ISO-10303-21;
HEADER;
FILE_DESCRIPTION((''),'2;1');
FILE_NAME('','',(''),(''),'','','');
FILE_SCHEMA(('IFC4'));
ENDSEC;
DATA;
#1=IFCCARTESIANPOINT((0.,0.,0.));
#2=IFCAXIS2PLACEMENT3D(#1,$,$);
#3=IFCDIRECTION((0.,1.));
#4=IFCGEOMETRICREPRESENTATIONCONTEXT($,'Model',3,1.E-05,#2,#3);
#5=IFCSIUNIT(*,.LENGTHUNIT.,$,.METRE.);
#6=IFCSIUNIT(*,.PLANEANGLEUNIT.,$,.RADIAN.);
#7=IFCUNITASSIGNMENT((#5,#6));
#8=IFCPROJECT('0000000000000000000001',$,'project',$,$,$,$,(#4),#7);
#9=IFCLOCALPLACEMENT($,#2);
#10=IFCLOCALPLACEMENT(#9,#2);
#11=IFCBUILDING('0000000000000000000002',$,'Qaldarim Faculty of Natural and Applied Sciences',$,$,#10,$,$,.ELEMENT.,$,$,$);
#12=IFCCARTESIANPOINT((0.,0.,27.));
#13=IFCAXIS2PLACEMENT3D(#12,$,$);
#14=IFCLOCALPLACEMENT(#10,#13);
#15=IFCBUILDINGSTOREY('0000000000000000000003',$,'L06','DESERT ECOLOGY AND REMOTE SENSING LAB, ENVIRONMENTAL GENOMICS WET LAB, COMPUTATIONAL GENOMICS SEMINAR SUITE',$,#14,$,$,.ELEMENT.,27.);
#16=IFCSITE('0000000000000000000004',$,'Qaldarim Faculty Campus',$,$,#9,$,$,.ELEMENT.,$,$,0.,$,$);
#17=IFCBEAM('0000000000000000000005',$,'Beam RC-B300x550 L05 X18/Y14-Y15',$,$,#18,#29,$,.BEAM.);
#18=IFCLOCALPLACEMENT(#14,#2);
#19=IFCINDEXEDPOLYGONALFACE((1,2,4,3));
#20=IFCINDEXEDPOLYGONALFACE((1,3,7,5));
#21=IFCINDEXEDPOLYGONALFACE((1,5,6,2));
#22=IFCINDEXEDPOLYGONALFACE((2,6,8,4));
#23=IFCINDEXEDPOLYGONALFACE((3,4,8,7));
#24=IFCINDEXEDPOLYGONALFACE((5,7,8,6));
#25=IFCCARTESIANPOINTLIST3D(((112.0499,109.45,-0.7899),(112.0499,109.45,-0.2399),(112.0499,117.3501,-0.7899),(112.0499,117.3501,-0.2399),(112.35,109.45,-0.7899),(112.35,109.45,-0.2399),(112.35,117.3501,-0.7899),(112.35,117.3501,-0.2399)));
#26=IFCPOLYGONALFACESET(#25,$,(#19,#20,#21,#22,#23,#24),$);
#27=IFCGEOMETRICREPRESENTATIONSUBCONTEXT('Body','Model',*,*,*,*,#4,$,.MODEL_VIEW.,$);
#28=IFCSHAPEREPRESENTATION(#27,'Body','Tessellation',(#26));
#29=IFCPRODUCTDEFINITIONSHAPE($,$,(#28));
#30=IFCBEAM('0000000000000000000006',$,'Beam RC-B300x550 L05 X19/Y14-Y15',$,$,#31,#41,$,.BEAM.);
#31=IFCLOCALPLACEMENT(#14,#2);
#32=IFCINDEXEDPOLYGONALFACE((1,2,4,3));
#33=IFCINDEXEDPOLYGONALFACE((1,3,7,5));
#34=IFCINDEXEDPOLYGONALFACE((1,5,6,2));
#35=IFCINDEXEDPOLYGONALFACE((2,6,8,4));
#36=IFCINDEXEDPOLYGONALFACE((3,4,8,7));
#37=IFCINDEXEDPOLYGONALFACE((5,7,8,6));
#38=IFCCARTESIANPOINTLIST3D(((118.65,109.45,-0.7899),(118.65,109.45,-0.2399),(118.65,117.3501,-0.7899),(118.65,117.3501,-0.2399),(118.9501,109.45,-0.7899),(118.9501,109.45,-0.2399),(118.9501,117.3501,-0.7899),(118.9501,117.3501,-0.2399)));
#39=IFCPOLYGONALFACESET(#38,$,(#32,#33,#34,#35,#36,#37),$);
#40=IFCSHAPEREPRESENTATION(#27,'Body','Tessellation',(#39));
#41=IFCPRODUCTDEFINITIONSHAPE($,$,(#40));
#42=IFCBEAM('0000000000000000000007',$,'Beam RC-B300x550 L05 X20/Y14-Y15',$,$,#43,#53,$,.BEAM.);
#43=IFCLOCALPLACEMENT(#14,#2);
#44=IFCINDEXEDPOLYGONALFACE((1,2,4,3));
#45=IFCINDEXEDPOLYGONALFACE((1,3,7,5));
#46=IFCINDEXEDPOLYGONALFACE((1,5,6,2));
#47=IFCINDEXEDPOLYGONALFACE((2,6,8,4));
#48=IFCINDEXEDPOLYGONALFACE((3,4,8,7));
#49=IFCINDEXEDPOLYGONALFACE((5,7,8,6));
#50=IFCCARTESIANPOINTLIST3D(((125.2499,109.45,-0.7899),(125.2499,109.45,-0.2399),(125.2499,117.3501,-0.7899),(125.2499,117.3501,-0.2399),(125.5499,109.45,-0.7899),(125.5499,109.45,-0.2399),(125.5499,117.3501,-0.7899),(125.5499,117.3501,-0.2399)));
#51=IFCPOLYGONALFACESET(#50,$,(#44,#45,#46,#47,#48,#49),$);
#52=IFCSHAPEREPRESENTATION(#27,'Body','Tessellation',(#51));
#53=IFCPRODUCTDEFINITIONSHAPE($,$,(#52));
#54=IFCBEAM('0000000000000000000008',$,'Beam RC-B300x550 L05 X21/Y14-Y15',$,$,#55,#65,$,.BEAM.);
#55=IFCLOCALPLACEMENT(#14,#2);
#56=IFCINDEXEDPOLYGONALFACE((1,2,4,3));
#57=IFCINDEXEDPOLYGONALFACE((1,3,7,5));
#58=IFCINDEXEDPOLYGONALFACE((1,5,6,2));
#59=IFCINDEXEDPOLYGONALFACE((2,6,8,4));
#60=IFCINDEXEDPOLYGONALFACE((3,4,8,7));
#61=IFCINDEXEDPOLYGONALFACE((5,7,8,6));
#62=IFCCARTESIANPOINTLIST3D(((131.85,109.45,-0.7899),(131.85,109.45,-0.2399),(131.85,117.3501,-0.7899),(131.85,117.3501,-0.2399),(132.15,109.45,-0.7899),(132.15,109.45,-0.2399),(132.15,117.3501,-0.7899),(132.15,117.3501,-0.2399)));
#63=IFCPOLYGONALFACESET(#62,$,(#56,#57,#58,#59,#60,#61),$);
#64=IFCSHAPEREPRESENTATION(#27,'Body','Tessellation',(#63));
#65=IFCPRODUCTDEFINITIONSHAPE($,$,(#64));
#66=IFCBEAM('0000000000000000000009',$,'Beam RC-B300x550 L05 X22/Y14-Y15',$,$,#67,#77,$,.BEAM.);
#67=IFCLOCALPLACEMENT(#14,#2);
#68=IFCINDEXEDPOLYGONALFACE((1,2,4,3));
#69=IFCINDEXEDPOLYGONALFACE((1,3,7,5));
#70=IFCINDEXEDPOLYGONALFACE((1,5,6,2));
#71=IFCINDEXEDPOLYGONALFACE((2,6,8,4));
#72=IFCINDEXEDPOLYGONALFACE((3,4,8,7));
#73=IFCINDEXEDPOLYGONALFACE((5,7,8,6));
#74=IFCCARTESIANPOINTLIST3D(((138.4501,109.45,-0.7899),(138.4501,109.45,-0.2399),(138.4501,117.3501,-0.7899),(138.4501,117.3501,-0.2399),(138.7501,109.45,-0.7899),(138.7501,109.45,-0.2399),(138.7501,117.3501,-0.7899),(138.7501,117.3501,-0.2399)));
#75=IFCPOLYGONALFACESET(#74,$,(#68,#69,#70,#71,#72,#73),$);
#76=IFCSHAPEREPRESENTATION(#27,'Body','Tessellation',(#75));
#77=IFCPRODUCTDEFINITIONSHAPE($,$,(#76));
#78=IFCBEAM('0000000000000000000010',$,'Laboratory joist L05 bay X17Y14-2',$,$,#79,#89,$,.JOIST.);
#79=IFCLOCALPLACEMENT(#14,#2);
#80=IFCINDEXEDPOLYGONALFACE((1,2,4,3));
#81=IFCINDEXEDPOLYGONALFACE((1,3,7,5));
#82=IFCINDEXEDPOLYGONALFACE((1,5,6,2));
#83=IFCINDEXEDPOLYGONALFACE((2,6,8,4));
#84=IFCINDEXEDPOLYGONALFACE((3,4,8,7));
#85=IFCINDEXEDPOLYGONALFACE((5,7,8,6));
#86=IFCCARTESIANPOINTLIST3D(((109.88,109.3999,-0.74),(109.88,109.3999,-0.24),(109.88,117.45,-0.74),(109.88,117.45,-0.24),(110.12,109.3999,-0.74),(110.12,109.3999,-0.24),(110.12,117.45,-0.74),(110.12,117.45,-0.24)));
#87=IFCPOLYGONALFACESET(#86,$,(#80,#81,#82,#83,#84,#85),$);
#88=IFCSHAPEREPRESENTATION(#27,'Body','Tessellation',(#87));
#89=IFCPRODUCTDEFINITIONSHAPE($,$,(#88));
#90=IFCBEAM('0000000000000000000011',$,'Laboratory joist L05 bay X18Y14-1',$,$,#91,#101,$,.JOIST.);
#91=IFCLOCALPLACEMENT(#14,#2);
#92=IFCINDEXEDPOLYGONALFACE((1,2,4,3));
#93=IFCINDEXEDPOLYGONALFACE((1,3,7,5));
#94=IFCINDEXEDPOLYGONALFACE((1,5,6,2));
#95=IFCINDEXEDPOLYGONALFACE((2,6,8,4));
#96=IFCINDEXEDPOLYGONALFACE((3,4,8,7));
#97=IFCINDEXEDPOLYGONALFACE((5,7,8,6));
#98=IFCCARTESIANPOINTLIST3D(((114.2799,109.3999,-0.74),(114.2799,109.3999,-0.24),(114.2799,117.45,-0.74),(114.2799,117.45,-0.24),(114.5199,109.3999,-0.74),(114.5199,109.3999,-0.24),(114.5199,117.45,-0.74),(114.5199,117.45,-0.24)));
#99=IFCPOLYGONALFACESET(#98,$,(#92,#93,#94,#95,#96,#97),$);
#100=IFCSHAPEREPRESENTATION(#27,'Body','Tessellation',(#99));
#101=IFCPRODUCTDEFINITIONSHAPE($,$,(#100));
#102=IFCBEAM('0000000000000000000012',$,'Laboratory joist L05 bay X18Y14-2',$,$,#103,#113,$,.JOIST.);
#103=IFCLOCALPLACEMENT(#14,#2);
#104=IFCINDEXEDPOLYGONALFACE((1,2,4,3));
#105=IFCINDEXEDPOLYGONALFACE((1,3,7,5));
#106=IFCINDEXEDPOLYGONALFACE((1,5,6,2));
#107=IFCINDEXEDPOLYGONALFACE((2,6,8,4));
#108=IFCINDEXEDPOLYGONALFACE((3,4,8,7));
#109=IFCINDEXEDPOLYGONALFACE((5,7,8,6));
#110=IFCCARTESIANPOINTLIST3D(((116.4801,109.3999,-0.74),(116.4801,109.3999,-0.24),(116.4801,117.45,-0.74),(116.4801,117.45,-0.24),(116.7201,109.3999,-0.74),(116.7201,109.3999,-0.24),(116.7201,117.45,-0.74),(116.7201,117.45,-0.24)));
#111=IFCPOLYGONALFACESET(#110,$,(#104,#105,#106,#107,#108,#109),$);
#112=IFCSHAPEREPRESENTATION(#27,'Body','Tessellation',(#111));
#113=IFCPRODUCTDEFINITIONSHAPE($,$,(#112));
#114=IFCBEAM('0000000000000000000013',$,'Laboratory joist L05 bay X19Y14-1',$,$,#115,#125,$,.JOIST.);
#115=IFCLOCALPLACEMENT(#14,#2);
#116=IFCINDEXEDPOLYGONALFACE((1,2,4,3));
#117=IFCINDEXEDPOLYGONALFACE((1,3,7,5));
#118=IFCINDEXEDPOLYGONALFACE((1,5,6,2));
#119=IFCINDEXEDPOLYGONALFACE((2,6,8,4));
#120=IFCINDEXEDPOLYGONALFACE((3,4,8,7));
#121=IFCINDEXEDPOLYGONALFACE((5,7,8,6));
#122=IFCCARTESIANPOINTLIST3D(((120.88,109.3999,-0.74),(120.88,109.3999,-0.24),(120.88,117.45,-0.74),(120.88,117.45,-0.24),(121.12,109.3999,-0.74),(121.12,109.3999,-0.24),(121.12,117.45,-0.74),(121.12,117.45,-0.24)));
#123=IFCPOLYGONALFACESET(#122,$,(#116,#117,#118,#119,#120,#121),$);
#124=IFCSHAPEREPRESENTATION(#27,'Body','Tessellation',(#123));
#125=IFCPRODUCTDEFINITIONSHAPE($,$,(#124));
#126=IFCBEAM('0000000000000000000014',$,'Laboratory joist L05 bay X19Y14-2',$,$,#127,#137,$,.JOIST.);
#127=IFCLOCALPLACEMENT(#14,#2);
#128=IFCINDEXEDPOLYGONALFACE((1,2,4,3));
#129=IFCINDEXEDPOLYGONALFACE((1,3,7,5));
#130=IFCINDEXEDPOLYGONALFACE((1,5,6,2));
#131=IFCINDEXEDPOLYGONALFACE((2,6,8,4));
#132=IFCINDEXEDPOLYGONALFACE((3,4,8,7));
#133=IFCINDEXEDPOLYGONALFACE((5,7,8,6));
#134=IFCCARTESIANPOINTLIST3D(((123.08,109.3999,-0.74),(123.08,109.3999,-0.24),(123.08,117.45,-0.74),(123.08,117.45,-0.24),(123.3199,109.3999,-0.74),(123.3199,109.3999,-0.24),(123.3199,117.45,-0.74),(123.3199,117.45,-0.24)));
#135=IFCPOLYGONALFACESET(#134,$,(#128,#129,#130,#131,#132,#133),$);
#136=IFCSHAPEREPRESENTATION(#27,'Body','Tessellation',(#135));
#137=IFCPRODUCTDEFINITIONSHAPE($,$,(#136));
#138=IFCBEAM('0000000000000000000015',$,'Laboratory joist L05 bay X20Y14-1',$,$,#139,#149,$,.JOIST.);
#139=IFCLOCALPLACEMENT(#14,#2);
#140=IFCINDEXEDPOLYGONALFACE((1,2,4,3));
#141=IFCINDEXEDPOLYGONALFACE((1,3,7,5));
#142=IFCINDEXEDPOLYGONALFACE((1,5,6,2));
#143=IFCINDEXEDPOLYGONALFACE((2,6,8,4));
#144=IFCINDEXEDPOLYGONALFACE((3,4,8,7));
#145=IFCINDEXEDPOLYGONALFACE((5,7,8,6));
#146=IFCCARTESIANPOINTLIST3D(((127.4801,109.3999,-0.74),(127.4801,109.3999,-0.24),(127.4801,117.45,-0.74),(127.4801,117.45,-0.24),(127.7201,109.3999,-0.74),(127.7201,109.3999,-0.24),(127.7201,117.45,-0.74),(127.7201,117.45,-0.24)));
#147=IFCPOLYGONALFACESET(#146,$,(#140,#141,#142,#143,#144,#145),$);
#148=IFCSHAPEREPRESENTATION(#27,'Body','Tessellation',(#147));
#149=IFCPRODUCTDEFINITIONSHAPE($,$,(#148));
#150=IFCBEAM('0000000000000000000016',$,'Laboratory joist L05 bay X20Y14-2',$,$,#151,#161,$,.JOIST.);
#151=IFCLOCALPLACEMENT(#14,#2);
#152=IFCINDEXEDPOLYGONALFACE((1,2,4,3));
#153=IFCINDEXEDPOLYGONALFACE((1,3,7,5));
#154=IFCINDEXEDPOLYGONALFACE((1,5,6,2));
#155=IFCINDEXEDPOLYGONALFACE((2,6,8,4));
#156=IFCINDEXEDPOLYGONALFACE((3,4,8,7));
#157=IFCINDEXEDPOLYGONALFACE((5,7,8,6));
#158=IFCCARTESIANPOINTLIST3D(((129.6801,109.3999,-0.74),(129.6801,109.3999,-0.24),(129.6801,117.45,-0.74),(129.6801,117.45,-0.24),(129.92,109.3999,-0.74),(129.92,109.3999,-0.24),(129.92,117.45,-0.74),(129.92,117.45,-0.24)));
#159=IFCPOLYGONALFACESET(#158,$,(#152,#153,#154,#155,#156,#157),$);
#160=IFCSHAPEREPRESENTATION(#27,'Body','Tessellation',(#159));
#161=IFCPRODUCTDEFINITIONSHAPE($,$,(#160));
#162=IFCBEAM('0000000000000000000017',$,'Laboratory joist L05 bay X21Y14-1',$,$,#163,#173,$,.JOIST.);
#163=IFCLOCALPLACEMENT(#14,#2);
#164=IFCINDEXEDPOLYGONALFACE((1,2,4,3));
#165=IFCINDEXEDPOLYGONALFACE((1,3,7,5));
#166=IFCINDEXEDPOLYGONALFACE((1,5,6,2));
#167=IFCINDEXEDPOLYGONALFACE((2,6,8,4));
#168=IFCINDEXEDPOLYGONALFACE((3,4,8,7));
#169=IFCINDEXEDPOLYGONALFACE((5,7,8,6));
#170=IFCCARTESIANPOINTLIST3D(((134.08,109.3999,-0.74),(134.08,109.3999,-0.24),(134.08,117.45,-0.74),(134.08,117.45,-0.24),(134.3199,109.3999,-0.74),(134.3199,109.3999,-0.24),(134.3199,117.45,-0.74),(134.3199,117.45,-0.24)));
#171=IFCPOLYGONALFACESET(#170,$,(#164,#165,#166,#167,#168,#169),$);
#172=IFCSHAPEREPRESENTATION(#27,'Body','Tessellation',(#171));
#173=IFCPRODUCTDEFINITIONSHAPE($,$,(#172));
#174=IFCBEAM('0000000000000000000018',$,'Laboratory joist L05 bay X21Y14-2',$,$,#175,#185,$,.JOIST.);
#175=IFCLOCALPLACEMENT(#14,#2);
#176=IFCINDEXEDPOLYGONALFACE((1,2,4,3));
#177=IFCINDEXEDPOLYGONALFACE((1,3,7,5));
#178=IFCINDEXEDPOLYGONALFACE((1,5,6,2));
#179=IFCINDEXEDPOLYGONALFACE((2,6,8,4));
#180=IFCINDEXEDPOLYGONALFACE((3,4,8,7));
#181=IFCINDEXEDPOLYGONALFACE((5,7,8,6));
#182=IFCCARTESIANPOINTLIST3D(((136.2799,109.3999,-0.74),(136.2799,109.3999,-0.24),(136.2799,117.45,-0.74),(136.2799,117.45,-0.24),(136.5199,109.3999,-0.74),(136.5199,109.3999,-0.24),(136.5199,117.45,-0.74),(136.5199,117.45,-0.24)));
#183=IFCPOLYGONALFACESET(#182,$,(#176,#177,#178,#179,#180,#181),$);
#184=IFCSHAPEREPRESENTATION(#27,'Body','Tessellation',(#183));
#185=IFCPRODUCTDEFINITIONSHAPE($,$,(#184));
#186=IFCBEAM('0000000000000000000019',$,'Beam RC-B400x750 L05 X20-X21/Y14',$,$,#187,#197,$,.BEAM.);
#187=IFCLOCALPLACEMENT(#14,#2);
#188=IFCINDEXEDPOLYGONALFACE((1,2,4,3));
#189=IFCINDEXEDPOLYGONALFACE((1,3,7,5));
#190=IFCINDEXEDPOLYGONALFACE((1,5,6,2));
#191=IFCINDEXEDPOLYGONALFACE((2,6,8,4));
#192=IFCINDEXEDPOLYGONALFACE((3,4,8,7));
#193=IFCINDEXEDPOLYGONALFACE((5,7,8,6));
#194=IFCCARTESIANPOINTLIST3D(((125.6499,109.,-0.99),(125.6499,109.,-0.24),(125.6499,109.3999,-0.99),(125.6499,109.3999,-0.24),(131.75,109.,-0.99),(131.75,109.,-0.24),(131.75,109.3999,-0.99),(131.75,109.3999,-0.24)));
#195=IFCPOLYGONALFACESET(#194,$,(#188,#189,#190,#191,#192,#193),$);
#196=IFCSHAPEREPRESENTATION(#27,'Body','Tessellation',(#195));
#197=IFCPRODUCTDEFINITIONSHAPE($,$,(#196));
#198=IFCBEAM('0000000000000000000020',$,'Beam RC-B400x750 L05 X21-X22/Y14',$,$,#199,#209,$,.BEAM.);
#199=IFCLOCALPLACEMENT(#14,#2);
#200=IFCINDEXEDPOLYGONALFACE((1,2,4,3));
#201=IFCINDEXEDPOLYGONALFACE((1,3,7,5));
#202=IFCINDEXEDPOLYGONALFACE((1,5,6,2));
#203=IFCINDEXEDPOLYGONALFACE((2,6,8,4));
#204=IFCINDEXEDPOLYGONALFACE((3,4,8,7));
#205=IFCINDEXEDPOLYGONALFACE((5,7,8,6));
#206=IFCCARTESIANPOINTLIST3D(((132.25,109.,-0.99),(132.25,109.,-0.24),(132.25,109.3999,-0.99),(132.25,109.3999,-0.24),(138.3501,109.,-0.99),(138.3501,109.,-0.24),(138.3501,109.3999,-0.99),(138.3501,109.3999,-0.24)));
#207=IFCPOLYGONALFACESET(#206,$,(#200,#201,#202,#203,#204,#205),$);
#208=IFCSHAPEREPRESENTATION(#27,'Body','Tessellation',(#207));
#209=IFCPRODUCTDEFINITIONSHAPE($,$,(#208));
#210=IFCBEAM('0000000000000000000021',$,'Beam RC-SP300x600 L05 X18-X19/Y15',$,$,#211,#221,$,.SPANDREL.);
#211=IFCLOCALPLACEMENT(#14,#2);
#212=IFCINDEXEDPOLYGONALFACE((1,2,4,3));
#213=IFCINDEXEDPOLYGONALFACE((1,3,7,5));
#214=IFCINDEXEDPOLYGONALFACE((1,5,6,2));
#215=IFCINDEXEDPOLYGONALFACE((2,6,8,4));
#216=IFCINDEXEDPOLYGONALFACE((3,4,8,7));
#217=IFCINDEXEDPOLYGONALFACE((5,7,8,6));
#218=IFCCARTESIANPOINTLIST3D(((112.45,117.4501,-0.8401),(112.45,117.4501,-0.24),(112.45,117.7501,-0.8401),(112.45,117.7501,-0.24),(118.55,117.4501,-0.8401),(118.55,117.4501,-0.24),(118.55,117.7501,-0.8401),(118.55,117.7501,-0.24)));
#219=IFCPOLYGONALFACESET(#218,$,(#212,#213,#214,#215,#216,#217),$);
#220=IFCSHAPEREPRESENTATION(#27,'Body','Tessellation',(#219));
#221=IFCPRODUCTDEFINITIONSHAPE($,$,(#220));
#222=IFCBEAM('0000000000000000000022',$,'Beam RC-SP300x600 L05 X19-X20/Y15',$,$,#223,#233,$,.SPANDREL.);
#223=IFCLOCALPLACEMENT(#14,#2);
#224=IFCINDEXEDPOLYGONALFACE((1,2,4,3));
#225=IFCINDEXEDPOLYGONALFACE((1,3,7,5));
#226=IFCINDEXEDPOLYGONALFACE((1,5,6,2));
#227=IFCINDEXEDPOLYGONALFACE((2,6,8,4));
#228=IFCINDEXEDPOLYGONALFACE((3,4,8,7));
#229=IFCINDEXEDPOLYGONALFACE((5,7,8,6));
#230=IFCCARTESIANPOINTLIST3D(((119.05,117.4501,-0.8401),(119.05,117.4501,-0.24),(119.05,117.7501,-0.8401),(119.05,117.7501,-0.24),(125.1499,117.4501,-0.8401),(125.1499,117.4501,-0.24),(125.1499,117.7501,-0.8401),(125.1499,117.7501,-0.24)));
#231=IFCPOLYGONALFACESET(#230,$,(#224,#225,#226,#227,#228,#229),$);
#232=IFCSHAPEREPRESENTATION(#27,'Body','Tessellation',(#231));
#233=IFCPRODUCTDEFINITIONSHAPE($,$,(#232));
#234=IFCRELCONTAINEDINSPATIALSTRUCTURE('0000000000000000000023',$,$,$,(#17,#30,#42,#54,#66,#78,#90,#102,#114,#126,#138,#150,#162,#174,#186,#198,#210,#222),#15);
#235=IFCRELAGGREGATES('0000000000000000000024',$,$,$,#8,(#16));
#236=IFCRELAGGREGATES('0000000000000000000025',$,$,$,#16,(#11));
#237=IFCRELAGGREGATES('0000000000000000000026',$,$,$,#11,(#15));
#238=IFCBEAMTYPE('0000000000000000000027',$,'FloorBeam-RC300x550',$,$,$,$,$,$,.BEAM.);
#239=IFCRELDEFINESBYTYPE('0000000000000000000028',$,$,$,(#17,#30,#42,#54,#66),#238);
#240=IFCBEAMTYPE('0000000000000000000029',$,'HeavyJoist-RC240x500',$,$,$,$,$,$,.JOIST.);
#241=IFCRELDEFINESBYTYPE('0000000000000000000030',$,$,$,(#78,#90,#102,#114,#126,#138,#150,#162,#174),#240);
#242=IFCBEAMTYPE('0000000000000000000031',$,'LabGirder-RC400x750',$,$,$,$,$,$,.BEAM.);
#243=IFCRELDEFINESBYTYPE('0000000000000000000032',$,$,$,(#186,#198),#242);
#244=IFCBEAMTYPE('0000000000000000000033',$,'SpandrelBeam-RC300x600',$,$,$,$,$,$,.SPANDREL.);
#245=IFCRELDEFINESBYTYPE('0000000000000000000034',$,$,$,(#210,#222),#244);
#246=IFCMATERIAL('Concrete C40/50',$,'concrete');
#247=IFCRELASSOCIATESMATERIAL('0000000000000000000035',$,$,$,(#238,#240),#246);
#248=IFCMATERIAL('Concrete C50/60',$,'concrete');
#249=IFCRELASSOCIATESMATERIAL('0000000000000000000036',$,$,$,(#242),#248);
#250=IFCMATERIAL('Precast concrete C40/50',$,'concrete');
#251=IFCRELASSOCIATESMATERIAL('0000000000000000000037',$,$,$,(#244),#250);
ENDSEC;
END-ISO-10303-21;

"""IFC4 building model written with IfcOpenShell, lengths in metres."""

from ifc_helpers import new_model, si_unit, direction, frame, origin, origin_2d, place, context, subcontext, project, spatial, rectangle, extrude, material, material_profile, profile_set, type_object, element, save


model = new_model("IFC4")

# Units and contexts
model_context = context("Model", 3, precision=1e-05, world=origin(), true_north=direction((0.0, 1.0)))
body_context = subcontext(model_context, "Body", "Model", "MODEL_VIEW")
ifc_project = project(units=[si_unit("LENGTHUNIT", "METRE"), si_unit("PLANEANGLEUNIT", "RADIAN")], contexts=[model_context])

# Site, building, storey
site_placement = place(None, origin())
site = spatial("IfcSite", under=ifc_project, at=site_placement, Name="Qaldarim Faculty Campus", CompositionType="ELEMENT", RefElevation=0.0)
building_placement = place(site_placement, origin())
building = spatial("IfcBuilding", under=site, at=building_placement, Name="Qaldarim Faculty of Natural and Applied Sciences", CompositionType="ELEMENT")
storey_placement = place(building_placement, frame((0.0, 0.0, 27.0)))
storey = spatial("IfcBuildingStorey", under=building, at=storey_placement, Name="L06", Description="DESERT ECOLOGY AND REMOTE SENSING LAB, ENVIRONMENTAL GENOMICS WET LAB, COMPUTATIONAL GENOMICS SEMINAR SUITE", CompositionType="ELEMENT", Elevation=27.0)

# Beams
ifc_material_1 = material(Name="Concrete C40/50", Category="concrete")
ifc_material_profile_1 = material_profile(ifc_material_1, rectangle(XDim=0.3, YDim=0.55, at=origin_2d()), Name="RC-B300x550")
ifc_profile_set_1 = profile_set([ifc_material_profile_1], Name="Concrete C40/50")
beam_type_1 = type_object("IfcBeamType", Name="FloorBeam-RC300x550", PredefinedType="BEAM", material=ifc_profile_set_1)
for number, where, z_axis, x_axis, name in (
    (1, (112.2, 109.45, -0.5149), (0.0, 1.0, 0.0), (-1.0, 0.0, 0.0), "Beam RC-B300x550 L05 X18/Y14-Y15"),
    (2, (118.8, 109.45, -0.5149), (0.0, 1.0, 0.0), (-1.0, 0.0, 0.0), "Beam RC-B300x550 L05 X19/Y14-Y15"),
    (3, (125.3999, 109.45, -0.5149), (0.0, 1.0, 0.0), (-1.0, 0.0, 0.0), "Beam RC-B300x550 L05 X20/Y14-Y15"),
    (4, (132.0, 109.45, -0.5149), (0.0, 1.0, 0.0), (-1.0, 0.0, 0.0), "Beam RC-B300x550 L05 X21/Y14-Y15"),
    (5, (138.6001, 109.45, -0.5149), (0.0, 1.0, 0.0), (-1.0, 0.0, 0.0), "Beam RC-B300x550 L05 X22/Y14-Y15"),
):
    element("IfcBeam", number, at=place(storey_placement, frame(where, z_axis=z_axis, x_axis=x_axis)), inside=storey, type_object=beam_type_1, Name=name, PredefinedType="BEAM", context=body_context, shape_type="SweptSolid", body=[
        extrude(rectangle(XDim=0.3, YDim=0.55, at=origin_2d()), origin(), (0.0, 0.0, 1.0), 7.9001),
    ])
ifc_material_profile_2 = material_profile(ifc_material_1, rectangle(XDim=0.24, YDim=0.5, at=origin_2d()), Name="RC-J240x500")
ifc_profile_set_2 = profile_set([ifc_material_profile_2], Name="Concrete C40/50")
beam_type_2 = type_object("IfcBeamType", Name="HeavyJoist-RC240x500", PredefinedType="JOIST", material=ifc_profile_set_2)
for number, where, z_axis, x_axis, name in (
    (6, (110.0, 109.3999, -0.49), (0.0, 1.0, 0.0), (-1.0, 0.0, 0.0), "Laboratory joist L05 bay X17Y14-2"),
    (7, (114.3999, 109.3999, -0.49), (0.0, 1.0, 0.0), (-1.0, 0.0, 0.0), "Laboratory joist L05 bay X18Y14-1"),
    (8, (116.6001, 109.3999, -0.49), (0.0, 1.0, 0.0), (-1.0, 0.0, 0.0), "Laboratory joist L05 bay X18Y14-2"),
    (9, (121.0, 109.3999, -0.49), (0.0, 1.0, 0.0), (-1.0, 0.0, 0.0), "Laboratory joist L05 bay X19Y14-1"),
    (10, (123.2, 109.3999, -0.49), (0.0, 1.0, 0.0), (-1.0, 0.0, 0.0), "Laboratory joist L05 bay X19Y14-2"),
    (11, (127.6001, 109.3999, -0.49), (0.0, 1.0, 0.0), (-1.0, 0.0, 0.0), "Laboratory joist L05 bay X20Y14-1"),
    (12, (129.8, 109.3999, -0.49), (0.0, 1.0, 0.0), (-1.0, 0.0, 0.0), "Laboratory joist L05 bay X20Y14-2"),
    (13, (134.2, 109.3999, -0.49), (0.0, 1.0, 0.0), (-1.0, 0.0, 0.0), "Laboratory joist L05 bay X21Y14-1"),
    (14, (136.3999, 109.3999, -0.49), (0.0, 1.0, 0.0), (-1.0, 0.0, 0.0), "Laboratory joist L05 bay X21Y14-2"),
):
    element("IfcBeam", number, at=place(storey_placement, frame(where, z_axis=z_axis, x_axis=x_axis)), inside=storey, type_object=beam_type_2, Name=name, PredefinedType="JOIST", context=body_context, shape_type="SweptSolid", body=[
        extrude(rectangle(XDim=0.24, YDim=0.5, at=origin_2d()), origin(), (0.0, 0.0, 1.0), 8.05),
    ])
ifc_material_2 = material(Name="Concrete C50/60", Category="concrete")
ifc_material_profile_3 = material_profile(ifc_material_2, rectangle(XDim=0.3999, YDim=0.75, at=origin_2d()), Name="RC-B400x750")
ifc_profile_set_3 = profile_set([ifc_material_profile_3], Name="Concrete C50/60")
beam_type_3 = type_object("IfcBeamType", Name="LabGirder-RC400x750", PredefinedType="BEAM", material=ifc_profile_set_3)
for number, where, z_axis, x_axis, name in (
    (15, (125.6499, 109.2, -0.615), (1.0, 0.0, 0.0), (0.0, 1.0, 0.0), "Beam RC-B400x750 L05 X20-X21/Y14"),
    (16, (132.25, 109.2, -0.615), (1.0, 0.0, 0.0), (0.0, 1.0, 0.0), "Beam RC-B400x750 L05 X21-X22/Y14"),
):
    element("IfcBeam", number, at=place(storey_placement, frame(where, z_axis=z_axis, x_axis=x_axis)), inside=storey, type_object=beam_type_3, Name=name, PredefinedType="BEAM", context=body_context, shape_type="SweptSolid", body=[
        extrude(rectangle(XDim=0.3999, YDim=0.75, at=origin_2d()), origin(), (0.0, 0.0, 1.0), 6.1001),
    ])
ifc_material_3 = material(Name="Precast concrete C40/50", Category="concrete")
ifc_material_profile_4 = material_profile(ifc_material_3, rectangle(XDim=0.3, YDim=0.6001, at=origin_2d()), Name="RC-SP300x600")
ifc_profile_set_4 = profile_set([ifc_material_profile_4], Name="Precast concrete C40/50")
beam_type_4 = type_object("IfcBeamType", Name="SpandrelBeam-RC300x600", PredefinedType="SPANDREL", material=ifc_profile_set_4)
beam_1_placement = place(storey_placement, frame((112.45, 117.6001, -0.54), z_axis=(1.0, 0.0, 0.0), x_axis=(0.0, 1.0, 0.0)))
element("IfcBeam", 17, at=beam_1_placement, inside=storey, type_object=beam_type_4, Name="Beam RC-SP300x600 L05 X18-X19/Y15", PredefinedType="SPANDREL", context=body_context, shape_type="SweptSolid", body=[
    extrude(rectangle(XDim=0.3, YDim=0.6001, at=origin_2d()), origin(), (0.0, 0.0, 1.0), 6.1001),
])
beam_2_placement = place(storey_placement, frame((119.05, 117.6001, -0.54), z_axis=(1.0, 0.0, 0.0), x_axis=(0.0, 1.0, 0.0)))
element("IfcBeam", 18, at=beam_2_placement, inside=storey, type_object=beam_type_4, Name="Beam RC-SP300x600 L05 X19-X20/Y15", PredefinedType="SPANDREL", context=body_context, shape_type="SweptSolid", body=[
    extrude(rectangle(XDim=0.3, YDim=0.6001, at=origin_2d()), origin(), (0.0, 0.0, 1.0), 6.0999),
])

save(model, "model.ifc")
